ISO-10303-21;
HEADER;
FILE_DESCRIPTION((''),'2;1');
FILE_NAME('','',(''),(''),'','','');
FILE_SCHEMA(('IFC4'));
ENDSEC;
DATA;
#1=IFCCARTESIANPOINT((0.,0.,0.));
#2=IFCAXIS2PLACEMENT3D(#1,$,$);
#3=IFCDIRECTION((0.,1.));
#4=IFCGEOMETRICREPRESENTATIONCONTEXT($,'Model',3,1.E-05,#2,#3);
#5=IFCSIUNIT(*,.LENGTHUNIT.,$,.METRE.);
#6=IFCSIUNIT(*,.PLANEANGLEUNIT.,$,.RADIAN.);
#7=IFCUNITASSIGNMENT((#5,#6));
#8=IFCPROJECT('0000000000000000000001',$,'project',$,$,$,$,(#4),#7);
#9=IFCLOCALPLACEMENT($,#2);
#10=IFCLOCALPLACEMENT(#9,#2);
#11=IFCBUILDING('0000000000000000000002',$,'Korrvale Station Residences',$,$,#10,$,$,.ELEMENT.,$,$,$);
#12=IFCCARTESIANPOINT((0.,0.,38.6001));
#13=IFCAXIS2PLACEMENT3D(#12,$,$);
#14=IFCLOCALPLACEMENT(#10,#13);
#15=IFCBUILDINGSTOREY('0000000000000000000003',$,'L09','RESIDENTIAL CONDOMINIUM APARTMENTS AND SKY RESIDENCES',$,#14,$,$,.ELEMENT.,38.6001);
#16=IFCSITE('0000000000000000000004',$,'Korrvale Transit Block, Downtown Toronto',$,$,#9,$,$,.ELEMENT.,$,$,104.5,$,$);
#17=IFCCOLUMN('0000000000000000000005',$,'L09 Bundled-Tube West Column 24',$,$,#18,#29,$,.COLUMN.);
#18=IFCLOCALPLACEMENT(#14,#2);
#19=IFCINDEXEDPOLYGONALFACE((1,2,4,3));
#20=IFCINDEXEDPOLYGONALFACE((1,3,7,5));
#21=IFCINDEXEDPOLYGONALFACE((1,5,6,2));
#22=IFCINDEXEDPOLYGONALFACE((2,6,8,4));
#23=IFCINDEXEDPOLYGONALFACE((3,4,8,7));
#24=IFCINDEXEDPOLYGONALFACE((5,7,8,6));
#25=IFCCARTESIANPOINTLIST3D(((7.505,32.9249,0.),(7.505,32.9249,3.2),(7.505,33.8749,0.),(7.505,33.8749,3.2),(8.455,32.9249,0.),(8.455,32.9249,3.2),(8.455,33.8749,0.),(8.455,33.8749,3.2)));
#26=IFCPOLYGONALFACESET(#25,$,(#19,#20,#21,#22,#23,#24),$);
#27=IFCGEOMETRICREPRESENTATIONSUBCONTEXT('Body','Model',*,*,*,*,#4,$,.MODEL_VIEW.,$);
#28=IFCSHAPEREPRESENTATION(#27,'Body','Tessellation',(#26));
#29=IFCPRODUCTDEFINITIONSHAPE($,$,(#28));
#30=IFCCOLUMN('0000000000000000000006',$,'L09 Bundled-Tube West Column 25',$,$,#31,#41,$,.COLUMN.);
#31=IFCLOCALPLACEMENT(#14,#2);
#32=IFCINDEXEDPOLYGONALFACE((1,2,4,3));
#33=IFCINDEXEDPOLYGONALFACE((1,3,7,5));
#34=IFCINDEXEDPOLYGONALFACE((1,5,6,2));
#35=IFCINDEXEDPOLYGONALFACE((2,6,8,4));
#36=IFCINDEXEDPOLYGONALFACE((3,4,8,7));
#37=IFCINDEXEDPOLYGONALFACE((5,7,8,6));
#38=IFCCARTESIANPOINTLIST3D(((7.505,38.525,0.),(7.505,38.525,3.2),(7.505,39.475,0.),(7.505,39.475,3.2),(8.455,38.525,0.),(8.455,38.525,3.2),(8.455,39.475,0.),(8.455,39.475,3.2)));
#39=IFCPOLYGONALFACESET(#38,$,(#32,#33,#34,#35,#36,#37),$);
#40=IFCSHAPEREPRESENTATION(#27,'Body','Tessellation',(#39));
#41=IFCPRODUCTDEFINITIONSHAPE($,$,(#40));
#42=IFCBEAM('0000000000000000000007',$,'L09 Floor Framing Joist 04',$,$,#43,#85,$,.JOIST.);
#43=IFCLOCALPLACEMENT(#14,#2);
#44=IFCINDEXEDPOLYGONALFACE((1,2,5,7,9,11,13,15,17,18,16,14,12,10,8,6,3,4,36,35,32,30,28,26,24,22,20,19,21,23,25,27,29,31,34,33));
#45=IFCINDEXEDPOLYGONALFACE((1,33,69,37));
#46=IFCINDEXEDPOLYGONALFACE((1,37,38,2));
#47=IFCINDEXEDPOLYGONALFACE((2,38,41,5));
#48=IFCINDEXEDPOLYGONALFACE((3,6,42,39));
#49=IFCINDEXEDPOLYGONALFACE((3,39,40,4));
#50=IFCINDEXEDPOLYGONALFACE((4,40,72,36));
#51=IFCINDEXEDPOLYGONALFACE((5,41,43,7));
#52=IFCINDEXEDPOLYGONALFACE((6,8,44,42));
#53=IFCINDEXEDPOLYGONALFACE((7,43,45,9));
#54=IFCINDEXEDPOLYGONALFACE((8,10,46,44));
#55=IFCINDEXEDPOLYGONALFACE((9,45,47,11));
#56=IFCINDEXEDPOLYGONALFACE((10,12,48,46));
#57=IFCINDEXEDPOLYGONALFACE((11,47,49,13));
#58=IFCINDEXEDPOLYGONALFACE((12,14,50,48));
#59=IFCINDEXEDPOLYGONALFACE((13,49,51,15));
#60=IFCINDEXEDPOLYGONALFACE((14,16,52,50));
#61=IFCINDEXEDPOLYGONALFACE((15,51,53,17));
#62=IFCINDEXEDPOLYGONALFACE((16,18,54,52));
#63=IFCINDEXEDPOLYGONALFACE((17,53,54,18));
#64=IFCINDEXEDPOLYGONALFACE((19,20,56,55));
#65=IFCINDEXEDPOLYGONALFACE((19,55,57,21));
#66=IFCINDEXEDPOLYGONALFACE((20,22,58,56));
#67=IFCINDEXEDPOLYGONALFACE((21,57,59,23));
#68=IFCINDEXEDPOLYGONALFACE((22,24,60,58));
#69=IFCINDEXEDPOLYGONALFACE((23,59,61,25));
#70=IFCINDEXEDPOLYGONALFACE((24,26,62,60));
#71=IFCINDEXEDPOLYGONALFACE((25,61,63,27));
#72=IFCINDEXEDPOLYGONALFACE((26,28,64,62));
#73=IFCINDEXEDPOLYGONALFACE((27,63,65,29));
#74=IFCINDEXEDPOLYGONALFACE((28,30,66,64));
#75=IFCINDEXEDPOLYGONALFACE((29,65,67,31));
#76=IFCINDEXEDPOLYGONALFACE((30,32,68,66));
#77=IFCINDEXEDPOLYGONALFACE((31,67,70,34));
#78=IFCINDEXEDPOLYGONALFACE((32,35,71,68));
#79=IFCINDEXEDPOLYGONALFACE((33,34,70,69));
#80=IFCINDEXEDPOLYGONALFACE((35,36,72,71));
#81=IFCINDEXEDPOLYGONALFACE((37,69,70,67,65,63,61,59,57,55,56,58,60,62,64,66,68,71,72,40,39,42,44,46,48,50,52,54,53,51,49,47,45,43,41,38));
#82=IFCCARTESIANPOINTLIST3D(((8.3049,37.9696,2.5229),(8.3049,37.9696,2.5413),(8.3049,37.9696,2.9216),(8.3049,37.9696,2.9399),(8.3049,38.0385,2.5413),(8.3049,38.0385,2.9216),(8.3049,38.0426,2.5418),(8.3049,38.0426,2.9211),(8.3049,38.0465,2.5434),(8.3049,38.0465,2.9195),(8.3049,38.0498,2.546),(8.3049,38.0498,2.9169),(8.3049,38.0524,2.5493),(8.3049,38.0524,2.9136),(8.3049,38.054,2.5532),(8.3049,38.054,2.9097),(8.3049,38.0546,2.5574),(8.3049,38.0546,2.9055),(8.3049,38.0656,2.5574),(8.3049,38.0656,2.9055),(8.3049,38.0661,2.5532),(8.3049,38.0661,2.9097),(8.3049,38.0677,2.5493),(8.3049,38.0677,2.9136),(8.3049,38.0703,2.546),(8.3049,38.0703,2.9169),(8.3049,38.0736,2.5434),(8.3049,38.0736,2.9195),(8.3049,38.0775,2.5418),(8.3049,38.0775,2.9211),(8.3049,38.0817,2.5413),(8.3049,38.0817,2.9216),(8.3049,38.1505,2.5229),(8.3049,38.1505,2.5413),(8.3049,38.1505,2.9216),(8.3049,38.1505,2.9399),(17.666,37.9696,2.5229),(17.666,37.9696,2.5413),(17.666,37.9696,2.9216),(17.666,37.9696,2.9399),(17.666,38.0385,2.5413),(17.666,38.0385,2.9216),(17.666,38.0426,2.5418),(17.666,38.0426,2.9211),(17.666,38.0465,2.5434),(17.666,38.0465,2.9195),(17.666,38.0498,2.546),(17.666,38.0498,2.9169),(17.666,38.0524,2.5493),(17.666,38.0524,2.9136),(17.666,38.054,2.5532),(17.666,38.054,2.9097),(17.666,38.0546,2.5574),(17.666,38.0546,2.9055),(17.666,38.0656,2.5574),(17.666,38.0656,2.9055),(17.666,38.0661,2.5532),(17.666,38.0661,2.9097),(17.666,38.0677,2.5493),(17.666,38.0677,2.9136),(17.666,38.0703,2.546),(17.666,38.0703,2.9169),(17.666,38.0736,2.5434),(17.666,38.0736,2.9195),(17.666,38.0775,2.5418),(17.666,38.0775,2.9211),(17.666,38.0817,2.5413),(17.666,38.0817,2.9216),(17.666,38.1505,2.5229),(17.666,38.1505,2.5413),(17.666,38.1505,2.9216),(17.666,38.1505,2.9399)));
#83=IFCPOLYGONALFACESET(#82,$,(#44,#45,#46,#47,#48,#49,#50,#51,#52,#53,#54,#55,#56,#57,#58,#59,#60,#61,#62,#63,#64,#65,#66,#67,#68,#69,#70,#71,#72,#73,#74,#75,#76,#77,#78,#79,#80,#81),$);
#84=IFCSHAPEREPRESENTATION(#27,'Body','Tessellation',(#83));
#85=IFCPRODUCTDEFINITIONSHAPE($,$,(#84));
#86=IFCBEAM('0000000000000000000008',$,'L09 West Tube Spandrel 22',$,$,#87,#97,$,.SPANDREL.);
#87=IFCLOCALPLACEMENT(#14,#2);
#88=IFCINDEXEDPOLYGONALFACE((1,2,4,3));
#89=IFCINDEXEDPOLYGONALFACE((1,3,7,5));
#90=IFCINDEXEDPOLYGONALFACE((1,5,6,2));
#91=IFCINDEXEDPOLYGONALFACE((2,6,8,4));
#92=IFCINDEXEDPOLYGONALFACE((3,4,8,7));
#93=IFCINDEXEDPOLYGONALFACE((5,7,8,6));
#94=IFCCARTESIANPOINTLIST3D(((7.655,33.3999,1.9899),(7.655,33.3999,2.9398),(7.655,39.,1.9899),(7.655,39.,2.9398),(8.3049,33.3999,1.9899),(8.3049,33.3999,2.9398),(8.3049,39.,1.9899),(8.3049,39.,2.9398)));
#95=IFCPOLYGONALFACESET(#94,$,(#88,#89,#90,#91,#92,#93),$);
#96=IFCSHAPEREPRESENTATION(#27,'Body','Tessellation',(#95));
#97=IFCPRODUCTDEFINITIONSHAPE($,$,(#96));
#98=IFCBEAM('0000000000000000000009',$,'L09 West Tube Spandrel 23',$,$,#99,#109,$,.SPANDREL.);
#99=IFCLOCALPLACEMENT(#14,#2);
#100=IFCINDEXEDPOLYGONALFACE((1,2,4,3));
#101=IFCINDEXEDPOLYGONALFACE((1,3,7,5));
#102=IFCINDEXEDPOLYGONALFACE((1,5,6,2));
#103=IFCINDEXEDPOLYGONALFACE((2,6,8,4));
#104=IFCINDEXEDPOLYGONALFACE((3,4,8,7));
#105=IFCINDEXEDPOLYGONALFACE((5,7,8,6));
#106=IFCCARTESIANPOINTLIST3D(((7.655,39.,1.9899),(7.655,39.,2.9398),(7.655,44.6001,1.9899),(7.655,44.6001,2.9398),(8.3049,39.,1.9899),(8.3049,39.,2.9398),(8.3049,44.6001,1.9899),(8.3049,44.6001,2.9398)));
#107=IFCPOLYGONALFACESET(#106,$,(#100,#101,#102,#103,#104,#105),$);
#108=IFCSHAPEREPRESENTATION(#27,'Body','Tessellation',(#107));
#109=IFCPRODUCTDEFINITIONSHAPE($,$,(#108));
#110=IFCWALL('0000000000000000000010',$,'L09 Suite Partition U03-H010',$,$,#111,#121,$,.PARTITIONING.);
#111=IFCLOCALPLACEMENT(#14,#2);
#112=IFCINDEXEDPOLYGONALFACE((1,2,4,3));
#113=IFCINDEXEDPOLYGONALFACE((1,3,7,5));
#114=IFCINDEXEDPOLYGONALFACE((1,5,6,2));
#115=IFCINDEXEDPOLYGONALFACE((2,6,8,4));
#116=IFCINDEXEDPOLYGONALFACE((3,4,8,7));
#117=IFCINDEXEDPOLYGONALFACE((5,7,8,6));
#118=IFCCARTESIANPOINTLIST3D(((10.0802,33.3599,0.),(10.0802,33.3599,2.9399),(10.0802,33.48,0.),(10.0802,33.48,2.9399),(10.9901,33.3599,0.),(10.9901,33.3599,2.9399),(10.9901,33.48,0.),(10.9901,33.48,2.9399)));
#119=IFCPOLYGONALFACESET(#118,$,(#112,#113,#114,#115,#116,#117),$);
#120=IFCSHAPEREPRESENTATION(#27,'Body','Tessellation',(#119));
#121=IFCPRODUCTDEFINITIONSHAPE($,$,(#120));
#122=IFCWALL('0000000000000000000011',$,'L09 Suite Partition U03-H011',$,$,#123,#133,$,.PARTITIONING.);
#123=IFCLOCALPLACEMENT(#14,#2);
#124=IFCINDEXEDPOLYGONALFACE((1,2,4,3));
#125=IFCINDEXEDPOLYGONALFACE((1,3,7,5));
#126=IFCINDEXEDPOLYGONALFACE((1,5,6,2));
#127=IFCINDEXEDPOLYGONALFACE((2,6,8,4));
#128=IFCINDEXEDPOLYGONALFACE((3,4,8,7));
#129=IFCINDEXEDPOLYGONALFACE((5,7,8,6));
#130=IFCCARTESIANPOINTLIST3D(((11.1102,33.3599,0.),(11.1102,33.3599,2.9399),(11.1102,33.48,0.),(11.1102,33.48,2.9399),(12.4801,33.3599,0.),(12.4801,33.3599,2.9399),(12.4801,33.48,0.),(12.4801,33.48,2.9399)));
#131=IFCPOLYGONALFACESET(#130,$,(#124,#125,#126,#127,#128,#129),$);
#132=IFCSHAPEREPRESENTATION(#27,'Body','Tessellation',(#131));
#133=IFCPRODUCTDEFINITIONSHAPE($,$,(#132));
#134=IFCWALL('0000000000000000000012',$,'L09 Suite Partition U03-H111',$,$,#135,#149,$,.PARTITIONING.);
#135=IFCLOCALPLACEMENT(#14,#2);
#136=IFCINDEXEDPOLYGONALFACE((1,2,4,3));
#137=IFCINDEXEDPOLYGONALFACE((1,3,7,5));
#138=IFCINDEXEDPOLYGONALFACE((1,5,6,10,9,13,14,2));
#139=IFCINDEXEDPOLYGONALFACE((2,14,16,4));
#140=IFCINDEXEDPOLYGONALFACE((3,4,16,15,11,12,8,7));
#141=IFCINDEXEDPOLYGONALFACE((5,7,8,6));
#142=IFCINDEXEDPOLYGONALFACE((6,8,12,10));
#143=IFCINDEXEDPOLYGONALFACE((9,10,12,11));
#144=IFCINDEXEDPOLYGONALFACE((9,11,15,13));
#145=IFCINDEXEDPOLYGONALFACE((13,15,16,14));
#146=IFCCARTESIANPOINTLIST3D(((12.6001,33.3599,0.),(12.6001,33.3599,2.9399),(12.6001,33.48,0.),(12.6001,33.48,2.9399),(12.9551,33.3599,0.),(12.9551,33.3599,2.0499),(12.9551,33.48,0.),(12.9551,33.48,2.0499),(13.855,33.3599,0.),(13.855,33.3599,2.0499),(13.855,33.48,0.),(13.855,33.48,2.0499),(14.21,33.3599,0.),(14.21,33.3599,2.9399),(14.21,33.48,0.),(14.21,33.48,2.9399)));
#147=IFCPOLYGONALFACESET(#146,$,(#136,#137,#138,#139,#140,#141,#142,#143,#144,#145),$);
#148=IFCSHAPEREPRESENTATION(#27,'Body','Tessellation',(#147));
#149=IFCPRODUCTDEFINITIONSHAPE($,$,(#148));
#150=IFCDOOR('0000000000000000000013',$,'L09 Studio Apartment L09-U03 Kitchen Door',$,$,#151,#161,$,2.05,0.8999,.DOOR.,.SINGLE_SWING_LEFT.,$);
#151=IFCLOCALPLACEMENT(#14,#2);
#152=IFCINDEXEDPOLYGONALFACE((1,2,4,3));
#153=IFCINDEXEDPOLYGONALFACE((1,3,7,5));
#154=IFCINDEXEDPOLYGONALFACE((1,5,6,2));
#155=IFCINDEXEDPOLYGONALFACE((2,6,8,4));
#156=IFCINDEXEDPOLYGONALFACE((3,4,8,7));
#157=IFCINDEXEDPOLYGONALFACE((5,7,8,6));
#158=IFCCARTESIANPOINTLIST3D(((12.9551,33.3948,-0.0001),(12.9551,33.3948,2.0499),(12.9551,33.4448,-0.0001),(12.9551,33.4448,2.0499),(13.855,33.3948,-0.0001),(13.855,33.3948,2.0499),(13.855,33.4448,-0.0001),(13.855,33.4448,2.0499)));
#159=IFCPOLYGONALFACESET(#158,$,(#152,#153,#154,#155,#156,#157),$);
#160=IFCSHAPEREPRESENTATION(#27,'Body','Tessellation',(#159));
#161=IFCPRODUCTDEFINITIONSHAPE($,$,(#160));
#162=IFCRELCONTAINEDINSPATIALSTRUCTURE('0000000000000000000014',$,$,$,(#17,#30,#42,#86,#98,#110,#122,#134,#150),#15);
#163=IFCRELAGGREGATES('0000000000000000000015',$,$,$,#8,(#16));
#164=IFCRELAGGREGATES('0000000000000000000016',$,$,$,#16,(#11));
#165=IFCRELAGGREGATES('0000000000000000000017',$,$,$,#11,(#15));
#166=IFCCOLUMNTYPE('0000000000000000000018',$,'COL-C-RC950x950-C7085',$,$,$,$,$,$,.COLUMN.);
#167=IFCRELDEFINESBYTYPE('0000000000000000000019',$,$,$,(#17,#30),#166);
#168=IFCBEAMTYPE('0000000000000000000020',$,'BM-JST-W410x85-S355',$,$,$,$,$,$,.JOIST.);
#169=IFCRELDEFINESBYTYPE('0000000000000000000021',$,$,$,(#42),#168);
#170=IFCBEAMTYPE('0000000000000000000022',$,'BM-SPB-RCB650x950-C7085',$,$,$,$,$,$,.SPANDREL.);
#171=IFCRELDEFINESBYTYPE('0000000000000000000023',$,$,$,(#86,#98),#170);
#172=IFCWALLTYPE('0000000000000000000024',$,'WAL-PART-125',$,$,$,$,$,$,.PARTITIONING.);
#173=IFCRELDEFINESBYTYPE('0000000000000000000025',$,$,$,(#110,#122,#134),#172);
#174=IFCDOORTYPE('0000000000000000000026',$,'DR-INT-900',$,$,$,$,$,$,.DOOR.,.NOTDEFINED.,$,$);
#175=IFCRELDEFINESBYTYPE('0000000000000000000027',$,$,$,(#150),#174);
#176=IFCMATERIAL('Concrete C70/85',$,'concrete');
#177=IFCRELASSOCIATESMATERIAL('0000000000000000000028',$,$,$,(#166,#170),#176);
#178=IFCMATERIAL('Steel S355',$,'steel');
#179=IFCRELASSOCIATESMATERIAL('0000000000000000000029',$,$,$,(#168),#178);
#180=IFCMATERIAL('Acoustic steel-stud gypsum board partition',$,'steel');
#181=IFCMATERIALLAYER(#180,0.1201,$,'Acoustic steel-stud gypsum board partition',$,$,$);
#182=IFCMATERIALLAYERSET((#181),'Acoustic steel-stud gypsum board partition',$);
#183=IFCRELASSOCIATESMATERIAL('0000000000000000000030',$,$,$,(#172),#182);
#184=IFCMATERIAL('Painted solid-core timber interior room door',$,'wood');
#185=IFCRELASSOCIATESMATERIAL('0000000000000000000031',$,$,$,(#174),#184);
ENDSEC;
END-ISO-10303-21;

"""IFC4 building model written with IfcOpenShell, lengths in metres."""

from ifc_helpers import new_model, si_unit, direction, frame, frame_2d, origin, origin_2d, place, context, subcontext, project, spatial, rectangle, i_section, extrude, material, layer, layer_set, material_profile, profile_set, type_object, element, fill, save


model = new_model("IFC4")

# Units and contexts
model_context = context("Model", 3, precision=1e-05, world=origin(), true_north=direction((0.0, 1.0)))
body_context = subcontext(model_context, "Body", "Model", "MODEL_VIEW")
ifc_project = project(units=[si_unit("LENGTHUNIT", "METRE"), si_unit("PLANEANGLEUNIT", "RADIAN")], contexts=[model_context])

# Site, building, storey
site_placement = place(None, origin())
site = spatial("IfcSite", under=ifc_project, at=site_placement, Name="Korrvale Transit Block, Downtown Toronto", CompositionType="ELEMENT", RefElevation=104.5)
building_placement = place(site_placement, origin())
building = spatial("IfcBuilding", under=site, at=building_placement, Name="Korrvale Station Residences", CompositionType="ELEMENT")
storey_placement = place(building_placement, frame((0.0, 0.0, 38.6001)))
storey = spatial("IfcBuildingStorey", under=building, at=storey_placement, Name="L09", Description="RESIDENTIAL CONDOMINIUM APARTMENTS AND SKY RESIDENCES", CompositionType="ELEMENT", Elevation=38.6001)

# Columns
ifc_material_1 = material(Name="Concrete C70/85", Category="concrete")
ifc_material_profile_1 = material_profile(ifc_material_1, rectangle(XDim=0.95, YDim=0.95, at=origin_2d()), Name="RC950x950")
ifc_profile_set_1 = profile_set([ifc_material_profile_1], Name="Concrete C70/85")
column_type = type_object("IfcColumnType", Name="COL-C-RC950x950-C7085", PredefinedType="COLUMN", material=ifc_profile_set_1)
for number, where, z_axis, x_axis, name in (
    (1, (7.98, 33.3999, 0.0), (0.0, 0.0, 1.0), (1.0, 0.0, 0.0), "L09 Bundled-Tube West Column 24"),
    (2, (7.98, 39.0, 0.0), (0.0, 0.0, 1.0), (1.0, 0.0, 0.0), "L09 Bundled-Tube West Column 25"),
):
    element("IfcColumn", number, at=place(storey_placement, frame(where, z_axis=z_axis, x_axis=x_axis)), inside=storey, type_object=column_type, Name=name, PredefinedType="COLUMN", context=body_context, shape_type="SweptSolid", body=[
        extrude(rectangle(XDim=0.95, YDim=0.95, at=origin_2d()), origin(), (0.0, 0.0, 1.0), 3.2),
    ])

# Beams
ifc_material_2 = material(Name="Steel S355", Category="steel")
ifc_material_profile_2 = material_profile(ifc_material_2, i_section(OverallWidth=0.1809, OverallDepth=0.417, WebThickness=0.011, FlangeThickness=0.0183, FilletRadius=0.0161, at=origin_2d()), Name="W410x85")
ifc_profile_set_2 = profile_set([ifc_material_profile_2], Name="Steel S355")
beam_type_1 = type_object("IfcBeamType", Name="BM-JST-W410x85-S355", PredefinedType="JOIST", material=ifc_profile_set_2)
beam_placement = place(storey_placement, frame((8.3049, 38.0601, 2.7314), z_axis=(1.0, 0.0, 0.0), x_axis=(0.0, 1.0, 0.0)))
element("IfcBeam", 3, at=beam_placement, inside=storey, type_object=beam_type_1, Name="L09 Floor Framing Joist 04", PredefinedType="JOIST", context=body_context, shape_type="SweptSolid", body=[
    extrude(i_section(OverallWidth=0.1809, OverallDepth=0.417, WebThickness=0.011, FlangeThickness=0.0183, FilletRadius=0.0161, at=origin_2d()), origin(), (0.0, 0.0, 1.0), 9.3611),
])
ifc_material_profile_3 = material_profile(ifc_material_1, rectangle(XDim=0.6499, YDim=0.95, at=origin_2d()), Name="RCB650x950")
ifc_profile_set_3 = profile_set([ifc_material_profile_3], Name="Concrete C70/85")
beam_type_2 = type_object("IfcBeamType", Name="BM-SPB-RCB650x950-C7085", PredefinedType="SPANDREL", material=ifc_profile_set_3)
for number, where, z_axis, x_axis, name in (
    (4, (7.98, 33.3999, 2.4648), (0.0, 1.0, 0.0), (-1.0, 0.0, 0.0), "L09 West Tube Spandrel 22"),
    (5, (7.98, 39.0, 2.4648), (0.0, 1.0, 0.0), (-1.0, 0.0, 0.0), "L09 West Tube Spandrel 23"),
):
    element("IfcBeam", number, at=place(storey_placement, frame(where, z_axis=z_axis, x_axis=x_axis)), inside=storey, type_object=beam_type_2, Name=name, PredefinedType="SPANDREL", context=body_context, shape_type="SweptSolid", body=[
        extrude(rectangle(XDim=0.6499, YDim=0.95, at=origin_2d()), origin(), (0.0, 0.0, 1.0), 5.6001),
    ])

# Walls
ifc_material_3 = material(Name="Acoustic steel-stud gypsum board partition", Category="steel")
ifc_layer_1 = layer(ifc_material_3, 0.1201, Name="Acoustic steel-stud gypsum board partition")
ifc_layer_set_1 = layer_set([ifc_layer_1], Name="Acoustic steel-stud gypsum board partition")
wall_type = type_object("IfcWallType", Name="WAL-PART-125", PredefinedType="PARTITIONING", material=ifc_layer_set_1)
wall_1_placement = place(storey_placement, frame((10.0801, 33.4199, 0.0), z_axis=(0.0, 0.0, 1.0), x_axis=(1.0, 0.0, 0.0)))
element("IfcWall", 6, at=wall_1_placement, inside=storey, type_object=wall_type, Name="L09 Suite Partition U03-H010", PredefinedType="PARTITIONING", context=body_context, shape_type="SweptSolid", body=[
    extrude(rectangle(XDim=0.9099, YDim=0.1201, at=frame_2d((0.4551, 0.0))), origin(), (0.0, 0.0, 1.0), 2.9399),
])
wall_2_placement = place(storey_placement, frame((11.1101, 33.4199, 0.0), z_axis=(0.0, 0.0, 1.0), x_axis=(1.0, 0.0, 0.0)))
element("IfcWall", 7, at=wall_2_placement, inside=storey, type_object=wall_type, Name="L09 Suite Partition U03-H011", PredefinedType="PARTITIONING", context=body_context, shape_type="SweptSolid", body=[
    extrude(rectangle(XDim=1.3699, YDim=0.1201, at=frame_2d((0.6851, 0.0))), origin(), (0.0, 0.0, 1.0), 2.9399),
])

# Wall, opening, door
wall_3_placement = place(storey_placement, frame((12.6001, 33.4199, 0.0), z_axis=(0.0, 0.0, 1.0), x_axis=(1.0, 0.0, 0.0)))
wall_3 = element("IfcWall", 8, at=wall_3_placement, inside=storey, type_object=wall_type, Name="L09 Suite Partition U03-H111", PredefinedType="PARTITIONING", context=body_context, shape_type="SweptSolid", body=[
    extrude(rectangle(XDim=1.6099, YDim=0.1201, at=frame_2d((0.8049, 0.0))), origin(), (0.0, 0.0, 1.0), 2.9399),
])
opening_1_placement = place(wall_3_placement, frame((0.355, 0.0, 0.0)))
opening_1 = element("IfcOpeningElement", 9, at=opening_1_placement, cuts=wall_3, PredefinedType="OPENING", context=body_context, shape_type="SweptSolid", body=[
    extrude(rectangle(XDim=0.8999, YDim=2.05, at=frame_2d((0.45, 1.0249))), frame((0.0, 0.0701, 0.0), z_axis=(0.0, -1.0, 0.0), x_axis=(1.0, 0.0, 0.0)), (0.0, 0.0, 1.0), 0.1401),
])
ifc_material_4 = material(Name="Painted solid-core timber interior room door", Category="wood")
door_type = type_object("IfcDoorType", Name="DR-INT-900", OperationType="NOTDEFINED", PredefinedType="DOOR", material=ifc_material_4)
door_1_placement = place(opening_1_placement, origin())
door_1 = element("IfcDoor", 10, at=door_1_placement, inside=storey, type_object=door_type, Name="L09 Studio Apartment L09-U03 Kitchen Door", OperationType="SINGLE_SWING_LEFT", OverallHeight=2.05, OverallWidth=0.8999, PredefinedType="DOOR", context=body_context, shape_type="SweptSolid", body=[
    extrude(rectangle(XDim=0.8999, YDim=2.05, at=frame_2d((0.45, 1.0249))), frame((0.0, 0.0249, 0.0), z_axis=(0.0, -1.0, 0.0), x_axis=(1.0, 0.0, 0.0)), (0.0, 0.0, 1.0), 0.05),
])
fill(opening_1, door_1)

save(model, "model.ifc")
